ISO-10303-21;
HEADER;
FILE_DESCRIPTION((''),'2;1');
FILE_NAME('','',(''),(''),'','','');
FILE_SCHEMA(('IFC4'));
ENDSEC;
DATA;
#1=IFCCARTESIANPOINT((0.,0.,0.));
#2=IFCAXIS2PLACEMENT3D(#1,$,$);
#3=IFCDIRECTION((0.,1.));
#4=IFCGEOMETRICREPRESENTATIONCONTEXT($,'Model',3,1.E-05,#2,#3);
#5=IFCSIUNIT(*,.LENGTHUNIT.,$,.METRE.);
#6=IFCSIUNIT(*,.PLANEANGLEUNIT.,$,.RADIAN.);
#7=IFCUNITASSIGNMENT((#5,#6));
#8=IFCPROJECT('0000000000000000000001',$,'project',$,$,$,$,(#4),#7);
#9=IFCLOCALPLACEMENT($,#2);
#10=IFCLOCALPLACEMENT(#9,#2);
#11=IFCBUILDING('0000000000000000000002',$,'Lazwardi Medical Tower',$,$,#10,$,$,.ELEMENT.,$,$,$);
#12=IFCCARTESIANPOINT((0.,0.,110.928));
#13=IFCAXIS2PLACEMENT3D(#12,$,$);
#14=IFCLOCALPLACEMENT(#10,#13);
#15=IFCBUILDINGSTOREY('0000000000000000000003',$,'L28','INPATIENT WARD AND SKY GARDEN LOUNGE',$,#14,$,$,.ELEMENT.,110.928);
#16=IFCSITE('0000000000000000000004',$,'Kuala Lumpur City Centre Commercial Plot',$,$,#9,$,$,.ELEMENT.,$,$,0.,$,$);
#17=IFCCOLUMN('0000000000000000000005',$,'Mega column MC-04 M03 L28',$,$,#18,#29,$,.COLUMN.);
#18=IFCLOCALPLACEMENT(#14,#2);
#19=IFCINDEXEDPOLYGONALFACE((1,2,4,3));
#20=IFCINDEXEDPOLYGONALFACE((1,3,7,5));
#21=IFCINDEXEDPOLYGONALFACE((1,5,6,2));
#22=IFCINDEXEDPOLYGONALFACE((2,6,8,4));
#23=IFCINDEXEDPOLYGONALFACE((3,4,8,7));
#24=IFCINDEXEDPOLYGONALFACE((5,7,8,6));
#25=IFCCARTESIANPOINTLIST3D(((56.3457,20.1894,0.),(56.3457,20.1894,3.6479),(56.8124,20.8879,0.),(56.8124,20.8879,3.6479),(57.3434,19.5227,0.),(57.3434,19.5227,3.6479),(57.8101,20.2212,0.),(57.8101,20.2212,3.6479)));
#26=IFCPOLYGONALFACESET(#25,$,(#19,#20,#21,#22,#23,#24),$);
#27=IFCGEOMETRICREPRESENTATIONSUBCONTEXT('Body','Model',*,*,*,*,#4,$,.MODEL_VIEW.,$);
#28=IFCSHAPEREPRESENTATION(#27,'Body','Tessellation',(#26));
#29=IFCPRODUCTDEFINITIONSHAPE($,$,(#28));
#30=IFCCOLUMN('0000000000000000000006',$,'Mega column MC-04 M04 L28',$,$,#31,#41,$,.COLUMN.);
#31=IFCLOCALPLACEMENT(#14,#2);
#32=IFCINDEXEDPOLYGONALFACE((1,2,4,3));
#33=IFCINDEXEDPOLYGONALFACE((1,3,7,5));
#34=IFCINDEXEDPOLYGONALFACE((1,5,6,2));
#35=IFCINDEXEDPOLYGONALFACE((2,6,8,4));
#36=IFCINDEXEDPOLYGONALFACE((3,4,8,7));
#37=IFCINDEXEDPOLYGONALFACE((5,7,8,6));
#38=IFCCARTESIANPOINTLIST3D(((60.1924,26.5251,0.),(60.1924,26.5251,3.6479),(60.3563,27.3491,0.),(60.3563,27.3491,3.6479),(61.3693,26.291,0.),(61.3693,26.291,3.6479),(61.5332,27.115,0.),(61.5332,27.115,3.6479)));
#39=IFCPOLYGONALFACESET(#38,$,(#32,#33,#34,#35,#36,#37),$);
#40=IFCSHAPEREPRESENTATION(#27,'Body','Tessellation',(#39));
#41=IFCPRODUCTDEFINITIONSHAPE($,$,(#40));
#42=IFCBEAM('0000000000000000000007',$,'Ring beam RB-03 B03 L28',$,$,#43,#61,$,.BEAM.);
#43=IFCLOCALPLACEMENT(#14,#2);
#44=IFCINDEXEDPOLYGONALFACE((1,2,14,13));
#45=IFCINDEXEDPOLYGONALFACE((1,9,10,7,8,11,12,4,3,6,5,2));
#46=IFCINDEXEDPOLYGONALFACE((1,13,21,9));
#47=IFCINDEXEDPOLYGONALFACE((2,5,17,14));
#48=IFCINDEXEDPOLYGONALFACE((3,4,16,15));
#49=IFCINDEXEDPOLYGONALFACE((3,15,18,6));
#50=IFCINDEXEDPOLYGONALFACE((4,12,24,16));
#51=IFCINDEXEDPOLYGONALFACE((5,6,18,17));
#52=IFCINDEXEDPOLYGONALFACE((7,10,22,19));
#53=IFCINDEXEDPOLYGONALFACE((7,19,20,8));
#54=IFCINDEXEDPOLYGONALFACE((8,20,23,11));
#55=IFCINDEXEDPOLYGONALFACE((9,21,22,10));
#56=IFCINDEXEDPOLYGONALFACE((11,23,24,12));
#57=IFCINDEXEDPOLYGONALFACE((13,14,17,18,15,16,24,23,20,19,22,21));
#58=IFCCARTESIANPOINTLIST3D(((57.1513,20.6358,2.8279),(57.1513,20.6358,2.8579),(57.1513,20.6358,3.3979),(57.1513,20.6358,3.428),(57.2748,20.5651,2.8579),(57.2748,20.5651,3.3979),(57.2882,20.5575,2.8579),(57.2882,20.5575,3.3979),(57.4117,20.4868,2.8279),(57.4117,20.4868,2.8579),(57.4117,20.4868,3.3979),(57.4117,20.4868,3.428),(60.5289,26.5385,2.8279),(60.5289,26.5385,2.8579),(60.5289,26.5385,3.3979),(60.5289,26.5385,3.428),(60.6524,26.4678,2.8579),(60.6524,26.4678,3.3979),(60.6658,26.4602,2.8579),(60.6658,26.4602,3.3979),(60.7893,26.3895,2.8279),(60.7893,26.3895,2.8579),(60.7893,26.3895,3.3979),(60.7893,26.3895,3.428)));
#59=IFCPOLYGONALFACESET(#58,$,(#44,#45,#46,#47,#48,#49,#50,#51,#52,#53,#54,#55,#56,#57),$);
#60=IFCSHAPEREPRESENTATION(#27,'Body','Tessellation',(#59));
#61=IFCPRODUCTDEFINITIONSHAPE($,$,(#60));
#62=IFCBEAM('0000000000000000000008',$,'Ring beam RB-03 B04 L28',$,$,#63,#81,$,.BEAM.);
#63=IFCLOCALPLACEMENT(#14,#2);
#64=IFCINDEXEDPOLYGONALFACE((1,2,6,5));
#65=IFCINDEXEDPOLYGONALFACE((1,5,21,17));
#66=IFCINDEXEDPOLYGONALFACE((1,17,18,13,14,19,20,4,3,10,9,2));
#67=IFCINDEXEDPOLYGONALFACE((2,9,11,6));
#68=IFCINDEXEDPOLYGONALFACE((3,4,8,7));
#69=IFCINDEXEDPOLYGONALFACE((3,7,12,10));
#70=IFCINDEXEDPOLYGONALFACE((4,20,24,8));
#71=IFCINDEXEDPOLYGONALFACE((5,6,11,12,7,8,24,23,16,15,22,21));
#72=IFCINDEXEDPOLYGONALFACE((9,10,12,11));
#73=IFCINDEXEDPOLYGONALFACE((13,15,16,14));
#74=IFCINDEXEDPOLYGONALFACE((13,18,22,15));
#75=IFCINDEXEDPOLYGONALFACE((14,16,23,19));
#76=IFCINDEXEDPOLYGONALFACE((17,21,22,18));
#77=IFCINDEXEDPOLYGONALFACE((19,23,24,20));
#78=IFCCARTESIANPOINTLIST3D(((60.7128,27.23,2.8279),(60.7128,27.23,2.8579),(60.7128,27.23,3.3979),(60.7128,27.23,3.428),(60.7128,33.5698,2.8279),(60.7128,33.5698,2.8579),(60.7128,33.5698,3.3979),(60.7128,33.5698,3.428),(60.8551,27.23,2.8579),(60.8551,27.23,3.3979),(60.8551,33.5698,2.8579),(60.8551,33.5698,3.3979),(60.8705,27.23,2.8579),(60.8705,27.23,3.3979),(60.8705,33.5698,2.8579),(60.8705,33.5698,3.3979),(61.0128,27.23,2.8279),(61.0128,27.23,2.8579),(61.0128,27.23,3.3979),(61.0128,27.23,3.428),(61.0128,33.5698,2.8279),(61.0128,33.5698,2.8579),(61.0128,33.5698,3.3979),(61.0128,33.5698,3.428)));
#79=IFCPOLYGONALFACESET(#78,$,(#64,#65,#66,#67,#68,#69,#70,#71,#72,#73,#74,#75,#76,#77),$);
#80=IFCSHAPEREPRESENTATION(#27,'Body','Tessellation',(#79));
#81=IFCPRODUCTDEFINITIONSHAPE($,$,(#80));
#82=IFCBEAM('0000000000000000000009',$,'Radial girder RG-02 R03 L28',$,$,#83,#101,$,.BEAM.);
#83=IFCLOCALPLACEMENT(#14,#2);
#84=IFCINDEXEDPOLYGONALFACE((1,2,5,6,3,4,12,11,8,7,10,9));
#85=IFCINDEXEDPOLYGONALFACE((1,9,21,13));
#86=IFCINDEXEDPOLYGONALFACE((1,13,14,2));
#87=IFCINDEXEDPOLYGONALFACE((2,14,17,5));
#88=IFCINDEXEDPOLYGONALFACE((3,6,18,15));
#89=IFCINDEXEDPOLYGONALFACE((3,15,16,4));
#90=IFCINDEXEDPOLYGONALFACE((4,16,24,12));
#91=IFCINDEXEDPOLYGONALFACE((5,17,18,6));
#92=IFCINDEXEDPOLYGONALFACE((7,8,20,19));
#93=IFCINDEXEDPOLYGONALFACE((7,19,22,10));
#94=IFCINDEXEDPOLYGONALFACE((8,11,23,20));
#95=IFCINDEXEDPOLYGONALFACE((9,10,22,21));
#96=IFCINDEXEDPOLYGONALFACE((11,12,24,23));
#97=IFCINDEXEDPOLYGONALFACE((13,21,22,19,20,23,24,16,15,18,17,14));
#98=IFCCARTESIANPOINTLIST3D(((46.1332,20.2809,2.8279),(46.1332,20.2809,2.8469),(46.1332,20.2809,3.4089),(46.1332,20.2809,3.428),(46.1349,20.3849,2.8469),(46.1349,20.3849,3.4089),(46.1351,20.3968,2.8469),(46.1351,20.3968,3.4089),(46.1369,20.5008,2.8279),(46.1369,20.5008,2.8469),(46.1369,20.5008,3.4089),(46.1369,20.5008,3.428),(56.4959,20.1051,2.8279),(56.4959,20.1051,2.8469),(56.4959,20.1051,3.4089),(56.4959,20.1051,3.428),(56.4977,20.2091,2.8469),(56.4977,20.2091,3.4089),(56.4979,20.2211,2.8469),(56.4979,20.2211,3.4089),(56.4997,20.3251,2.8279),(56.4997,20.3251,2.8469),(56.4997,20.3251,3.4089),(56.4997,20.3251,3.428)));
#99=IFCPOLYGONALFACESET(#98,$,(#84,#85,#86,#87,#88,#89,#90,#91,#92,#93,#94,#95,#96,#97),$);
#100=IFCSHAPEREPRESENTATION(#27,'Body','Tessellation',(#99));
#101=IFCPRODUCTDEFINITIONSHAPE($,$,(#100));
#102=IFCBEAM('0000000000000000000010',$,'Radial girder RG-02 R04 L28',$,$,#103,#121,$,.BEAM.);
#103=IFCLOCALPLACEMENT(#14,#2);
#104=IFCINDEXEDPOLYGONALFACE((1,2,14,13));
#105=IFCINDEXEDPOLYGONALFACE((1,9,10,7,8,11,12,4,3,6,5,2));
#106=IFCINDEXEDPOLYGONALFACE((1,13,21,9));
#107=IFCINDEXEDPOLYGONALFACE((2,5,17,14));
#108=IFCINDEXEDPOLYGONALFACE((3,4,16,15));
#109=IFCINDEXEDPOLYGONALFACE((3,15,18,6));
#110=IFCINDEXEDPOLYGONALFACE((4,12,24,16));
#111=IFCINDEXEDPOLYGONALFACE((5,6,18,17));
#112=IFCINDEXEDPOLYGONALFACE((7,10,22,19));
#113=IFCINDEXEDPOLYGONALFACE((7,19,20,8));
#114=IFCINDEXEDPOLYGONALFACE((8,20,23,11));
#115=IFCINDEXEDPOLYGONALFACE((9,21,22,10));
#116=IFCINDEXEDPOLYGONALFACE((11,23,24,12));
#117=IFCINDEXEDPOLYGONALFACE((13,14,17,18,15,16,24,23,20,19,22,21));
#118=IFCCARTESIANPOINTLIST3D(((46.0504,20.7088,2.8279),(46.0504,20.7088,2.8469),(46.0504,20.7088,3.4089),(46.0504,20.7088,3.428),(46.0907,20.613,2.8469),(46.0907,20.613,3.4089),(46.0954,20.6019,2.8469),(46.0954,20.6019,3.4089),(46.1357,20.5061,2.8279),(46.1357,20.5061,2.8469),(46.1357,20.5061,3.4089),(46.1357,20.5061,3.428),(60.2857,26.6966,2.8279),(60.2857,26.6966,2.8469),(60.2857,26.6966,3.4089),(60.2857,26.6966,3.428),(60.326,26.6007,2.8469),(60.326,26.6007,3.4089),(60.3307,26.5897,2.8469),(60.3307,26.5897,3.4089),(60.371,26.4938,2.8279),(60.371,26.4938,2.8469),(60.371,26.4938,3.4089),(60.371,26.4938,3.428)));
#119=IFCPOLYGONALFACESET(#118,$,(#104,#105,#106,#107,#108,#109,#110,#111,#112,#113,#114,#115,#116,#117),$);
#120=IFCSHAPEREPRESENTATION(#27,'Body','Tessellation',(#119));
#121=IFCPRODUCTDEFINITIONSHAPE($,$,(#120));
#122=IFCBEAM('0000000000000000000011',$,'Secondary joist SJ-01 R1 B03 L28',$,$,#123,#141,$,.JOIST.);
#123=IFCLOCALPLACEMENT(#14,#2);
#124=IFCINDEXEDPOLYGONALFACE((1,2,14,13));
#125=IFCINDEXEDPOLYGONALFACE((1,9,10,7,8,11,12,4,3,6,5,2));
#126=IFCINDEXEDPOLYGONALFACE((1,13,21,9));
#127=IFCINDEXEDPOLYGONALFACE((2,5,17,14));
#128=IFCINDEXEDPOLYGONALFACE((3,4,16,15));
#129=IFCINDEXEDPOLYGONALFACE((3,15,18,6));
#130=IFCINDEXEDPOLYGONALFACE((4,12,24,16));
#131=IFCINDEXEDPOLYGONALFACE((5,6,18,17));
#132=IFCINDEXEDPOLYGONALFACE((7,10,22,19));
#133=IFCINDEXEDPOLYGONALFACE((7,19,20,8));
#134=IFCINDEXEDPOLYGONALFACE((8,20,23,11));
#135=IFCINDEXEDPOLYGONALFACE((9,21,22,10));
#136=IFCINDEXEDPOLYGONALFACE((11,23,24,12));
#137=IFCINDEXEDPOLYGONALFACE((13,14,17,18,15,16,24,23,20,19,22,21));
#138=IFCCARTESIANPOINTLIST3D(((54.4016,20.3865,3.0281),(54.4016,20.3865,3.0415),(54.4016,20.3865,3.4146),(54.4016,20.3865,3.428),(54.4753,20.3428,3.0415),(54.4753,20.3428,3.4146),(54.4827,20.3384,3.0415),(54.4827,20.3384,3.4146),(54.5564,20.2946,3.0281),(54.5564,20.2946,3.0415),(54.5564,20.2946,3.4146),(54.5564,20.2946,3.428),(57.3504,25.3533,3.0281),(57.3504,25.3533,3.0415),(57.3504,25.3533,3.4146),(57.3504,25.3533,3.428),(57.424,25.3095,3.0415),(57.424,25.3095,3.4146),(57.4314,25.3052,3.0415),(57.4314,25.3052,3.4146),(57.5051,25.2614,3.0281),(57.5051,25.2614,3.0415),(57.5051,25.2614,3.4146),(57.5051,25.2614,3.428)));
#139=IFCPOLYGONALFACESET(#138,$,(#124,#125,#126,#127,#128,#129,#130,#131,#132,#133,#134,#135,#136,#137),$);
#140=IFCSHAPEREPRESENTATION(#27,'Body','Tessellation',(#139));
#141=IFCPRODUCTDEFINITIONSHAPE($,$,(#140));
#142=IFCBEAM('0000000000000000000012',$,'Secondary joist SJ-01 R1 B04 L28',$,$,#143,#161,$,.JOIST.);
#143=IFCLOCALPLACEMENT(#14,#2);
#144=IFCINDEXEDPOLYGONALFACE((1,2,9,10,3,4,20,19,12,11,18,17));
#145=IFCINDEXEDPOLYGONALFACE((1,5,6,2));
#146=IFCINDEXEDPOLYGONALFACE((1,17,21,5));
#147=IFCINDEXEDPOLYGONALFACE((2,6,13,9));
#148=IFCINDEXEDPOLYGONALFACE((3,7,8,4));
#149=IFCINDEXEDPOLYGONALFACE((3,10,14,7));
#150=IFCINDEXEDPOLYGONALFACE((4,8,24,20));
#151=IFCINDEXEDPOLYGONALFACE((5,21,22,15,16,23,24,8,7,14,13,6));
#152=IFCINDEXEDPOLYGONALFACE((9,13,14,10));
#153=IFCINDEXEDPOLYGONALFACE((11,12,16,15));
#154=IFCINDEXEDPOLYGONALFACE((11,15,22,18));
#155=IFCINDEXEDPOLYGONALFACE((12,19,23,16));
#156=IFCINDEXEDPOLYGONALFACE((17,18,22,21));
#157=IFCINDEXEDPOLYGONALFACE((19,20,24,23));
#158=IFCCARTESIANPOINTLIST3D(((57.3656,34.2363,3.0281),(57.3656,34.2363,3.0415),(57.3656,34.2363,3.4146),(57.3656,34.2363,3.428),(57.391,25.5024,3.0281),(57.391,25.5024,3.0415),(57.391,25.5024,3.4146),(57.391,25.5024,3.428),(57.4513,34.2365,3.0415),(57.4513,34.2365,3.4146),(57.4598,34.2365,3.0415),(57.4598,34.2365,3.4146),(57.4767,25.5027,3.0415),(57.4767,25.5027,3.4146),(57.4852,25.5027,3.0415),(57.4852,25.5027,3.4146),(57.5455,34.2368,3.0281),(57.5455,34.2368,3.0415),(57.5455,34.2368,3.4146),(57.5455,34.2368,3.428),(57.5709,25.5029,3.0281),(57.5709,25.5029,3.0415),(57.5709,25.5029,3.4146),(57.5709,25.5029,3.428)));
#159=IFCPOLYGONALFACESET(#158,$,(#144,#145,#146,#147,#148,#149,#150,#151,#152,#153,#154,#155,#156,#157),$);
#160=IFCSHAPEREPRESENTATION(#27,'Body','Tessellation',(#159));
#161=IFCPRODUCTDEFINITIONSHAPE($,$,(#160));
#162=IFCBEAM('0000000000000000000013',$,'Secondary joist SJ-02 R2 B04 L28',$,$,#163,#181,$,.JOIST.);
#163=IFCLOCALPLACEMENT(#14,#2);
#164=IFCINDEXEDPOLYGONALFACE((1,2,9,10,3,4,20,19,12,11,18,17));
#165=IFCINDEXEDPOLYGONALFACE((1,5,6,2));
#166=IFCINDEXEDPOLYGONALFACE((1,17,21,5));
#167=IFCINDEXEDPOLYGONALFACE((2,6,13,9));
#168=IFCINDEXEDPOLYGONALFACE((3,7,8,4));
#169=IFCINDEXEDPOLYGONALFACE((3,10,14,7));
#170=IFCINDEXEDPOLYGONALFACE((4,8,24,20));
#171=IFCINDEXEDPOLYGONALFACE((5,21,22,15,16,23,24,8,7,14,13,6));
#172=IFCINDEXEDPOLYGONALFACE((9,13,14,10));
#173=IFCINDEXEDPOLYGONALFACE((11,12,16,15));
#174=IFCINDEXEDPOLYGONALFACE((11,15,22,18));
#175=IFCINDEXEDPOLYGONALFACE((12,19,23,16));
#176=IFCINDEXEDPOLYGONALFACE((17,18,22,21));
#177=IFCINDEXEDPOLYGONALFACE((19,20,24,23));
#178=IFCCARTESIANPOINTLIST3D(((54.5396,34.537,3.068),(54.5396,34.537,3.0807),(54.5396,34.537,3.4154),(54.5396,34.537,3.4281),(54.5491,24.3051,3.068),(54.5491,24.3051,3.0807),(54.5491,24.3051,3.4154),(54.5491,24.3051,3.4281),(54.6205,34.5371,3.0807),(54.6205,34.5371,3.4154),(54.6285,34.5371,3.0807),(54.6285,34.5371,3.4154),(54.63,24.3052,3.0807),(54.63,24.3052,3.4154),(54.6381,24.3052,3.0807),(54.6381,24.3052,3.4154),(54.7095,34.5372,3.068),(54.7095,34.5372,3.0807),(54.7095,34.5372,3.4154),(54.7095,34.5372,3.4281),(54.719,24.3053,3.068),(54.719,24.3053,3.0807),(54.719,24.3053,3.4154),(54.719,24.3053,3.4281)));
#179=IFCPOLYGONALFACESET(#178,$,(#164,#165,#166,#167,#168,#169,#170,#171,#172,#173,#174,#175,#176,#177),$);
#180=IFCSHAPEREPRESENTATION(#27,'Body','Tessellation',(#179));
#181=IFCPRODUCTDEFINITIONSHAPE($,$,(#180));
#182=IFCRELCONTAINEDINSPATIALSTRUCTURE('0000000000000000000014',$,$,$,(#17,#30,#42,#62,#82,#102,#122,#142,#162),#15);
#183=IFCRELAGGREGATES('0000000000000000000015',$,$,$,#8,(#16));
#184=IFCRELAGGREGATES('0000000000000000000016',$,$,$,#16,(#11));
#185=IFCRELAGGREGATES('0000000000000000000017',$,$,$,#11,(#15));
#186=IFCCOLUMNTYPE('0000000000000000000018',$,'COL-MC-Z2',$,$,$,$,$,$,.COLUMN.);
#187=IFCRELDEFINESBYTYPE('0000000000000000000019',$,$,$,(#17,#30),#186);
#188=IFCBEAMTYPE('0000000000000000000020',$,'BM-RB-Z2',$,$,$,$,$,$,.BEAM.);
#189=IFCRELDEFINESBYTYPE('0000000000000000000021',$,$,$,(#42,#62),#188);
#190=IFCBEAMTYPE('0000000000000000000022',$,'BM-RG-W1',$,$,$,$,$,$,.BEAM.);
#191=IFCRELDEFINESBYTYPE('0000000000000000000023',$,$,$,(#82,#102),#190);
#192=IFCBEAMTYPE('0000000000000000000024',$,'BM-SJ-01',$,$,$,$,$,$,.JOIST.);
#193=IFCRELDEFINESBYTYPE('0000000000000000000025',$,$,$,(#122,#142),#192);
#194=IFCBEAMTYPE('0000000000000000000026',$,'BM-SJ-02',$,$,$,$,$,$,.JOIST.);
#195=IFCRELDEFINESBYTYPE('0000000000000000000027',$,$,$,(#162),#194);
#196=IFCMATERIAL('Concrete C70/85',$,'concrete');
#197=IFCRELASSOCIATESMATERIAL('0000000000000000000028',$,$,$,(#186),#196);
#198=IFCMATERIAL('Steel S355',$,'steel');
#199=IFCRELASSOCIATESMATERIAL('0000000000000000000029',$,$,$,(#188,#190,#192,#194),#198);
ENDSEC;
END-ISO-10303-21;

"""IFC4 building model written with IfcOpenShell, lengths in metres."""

from ifc_helpers import new_model, si_unit, direction, frame, origin, origin_2d, place, context, subcontext, project, spatial, rectangle, i_section, extrude, material, material_profile, profile_set, type_object, element, save


model = new_model("IFC4")

# Units and contexts
model_context = context("Model", 3, precision=1e-05, world=origin(), true_north=direction((0.0, 1.0)))
body_context = subcontext(model_context, "Body", "Model", "MODEL_VIEW")
ifc_project = project(units=[si_unit("LENGTHUNIT", "METRE"), si_unit("PLANEANGLEUNIT", "RADIAN")], contexts=[model_context])

# Site, building, storey
site_placement = place(None, origin())
site = spatial("IfcSite", under=ifc_project, at=site_placement, Name="Kuala Lumpur City Centre Commercial Plot", CompositionType="ELEMENT", RefElevation=0.0)
building_placement = place(site_placement, origin())
building = spatial("IfcBuilding", under=site, at=building_placement, Name="Lazwardi Medical Tower", CompositionType="ELEMENT")
storey_placement = place(building_placement, frame((0.0, 0.0, 110.928)))
storey = spatial("IfcBuildingStorey", under=building, at=storey_placement, Name="L28", Description="INPATIENT WARD AND SKY GARDEN LOUNGE", CompositionType="ELEMENT", Elevation=110.928)

# Columns
ifc_material_1 = material(Name="Concrete C70/85", Category="concrete")
ifc_material_profile_1 = material_profile(ifc_material_1, rectangle(XDim=1.2, YDim=0.8401, at=origin_2d()), Name="CFT-RECT 1200x840")
ifc_profile_set_1 = profile_set([ifc_material_profile_1], Name="Concrete C70/85")
column_type = type_object("IfcColumnType", Name="COL-MC-Z2", PredefinedType="COLUMN", material=ifc_profile_set_1)
for number, where, z_axis, x_axis, name in (
    (1, (57.0779, 20.2053, 0.0), (0.0, 0.0, 1.0), (0.83147, -0.55557, 0.0), "Mega column MC-04 M03 L28"),
    (2, (60.8628, 26.8201, 0.0), (0.0, 0.0, 1.0), (0.980785, -0.19509, 0.0), "Mega column MC-04 M04 L28"),
):
    element("IfcColumn", number, at=place(storey_placement, frame(where, z_axis=z_axis, x_axis=x_axis)), inside=storey, type_object=column_type, Name=name, PredefinedType="COLUMN", context=body_context, shape_type="SweptSolid", body=[
        extrude(rectangle(XDim=1.2, YDim=0.8401, at=origin_2d()), origin(), (0.0, 0.0, 1.0), 3.6479),
    ])

# Beams
ifc_material_2 = material(Name="Steel S355", Category="steel")
ifc_material_profile_2 = material_profile(ifc_material_2, i_section(OverallWidth=0.3, OverallDepth=0.6001, WebThickness=0.0154, FlangeThickness=0.03, at=origin_2d()), Name="HEB 600")
ifc_profile_set_2 = profile_set([ifc_material_profile_2], Name="Steel S355")
beam_type_1 = type_object("IfcBeamType", Name="BM-RB-Z2", PredefinedType="BEAM", material=ifc_profile_set_2)
beam_1_placement = place(storey_placement, frame((57.2815, 20.5613, 3.1279), z_axis=(0.496653, 0.867949, 0.0), x_axis=(-0.867949, 0.496653, 0.0)))
element("IfcBeam", 3, at=beam_1_placement, inside=storey, type_object=beam_type_1, Name="Ring beam RB-03 B03 L28", PredefinedType="BEAM", context=body_context, shape_type="SweptSolid", body=[
    extrude(i_section(OverallWidth=0.3, OverallDepth=0.6001, WebThickness=0.0154, FlangeThickness=0.03, at=origin_2d()), origin(), (0.0, 0.0, 1.0), 6.8008),
])
beam_2_placement = place(storey_placement, frame((60.8628, 27.23, 3.1279), z_axis=(0.0, 1.0, 0.0), x_axis=(-1.0, 0.0, 0.0)))
element("IfcBeam", 4, at=beam_2_placement, inside=storey, type_object=beam_type_1, Name="Ring beam RB-03 B04 L28", PredefinedType="BEAM", context=body_context, shape_type="SweptSolid", body=[
    extrude(i_section(OverallWidth=0.3, OverallDepth=0.6001, WebThickness=0.0154, FlangeThickness=0.03, at=origin_2d()), origin(), (0.0, 0.0, 1.0), 6.3398),
])
ifc_material_profile_3 = material_profile(ifc_material_2, i_section(OverallWidth=0.22, OverallDepth=0.6001, WebThickness=0.012, FlangeThickness=0.019, at=origin_2d()), Name="IPE 600")
ifc_profile_set_3 = profile_set([ifc_material_profile_3], Name="Steel S355")
beam_type_2 = type_object("IfcBeamType", Name="BM-RG-W1", PredefinedType="BEAM", material=ifc_profile_set_3)
beam_3_placement = place(storey_placement, frame((56.4978, 20.2151, 3.1279), z_axis=(-0.999856, 0.01696, 0.0), x_axis=(-0.01696, -0.999856, 0.0)))
element("IfcBeam", 5, at=beam_3_placement, inside=storey, type_object=beam_type_2, Name="Radial girder RG-02 R03 L28", PredefinedType="BEAM", context=body_context, shape_type="SweptSolid", body=[
    extrude(i_section(OverallWidth=0.22, OverallDepth=0.6001, WebThickness=0.012, FlangeThickness=0.019, at=origin_2d()), origin(), (0.0, 0.0, 1.0), 10.3643),
])
beam_4_placement = place(storey_placement, frame((60.3284, 26.5952, 3.1279), z_axis=(-0.921775, -0.387725, 0.0), x_axis=(0.387725, -0.921775, 0.0)))
element("IfcBeam", 6, at=beam_4_placement, inside=storey, type_object=beam_type_2, Name="Radial girder RG-02 R04 L28", PredefinedType="BEAM", context=body_context, shape_type="SweptSolid", body=[
    extrude(i_section(OverallWidth=0.22, OverallDepth=0.6001, WebThickness=0.012, FlangeThickness=0.019, at=origin_2d()), origin(), (0.0, 0.0, 1.0), 15.4434),
])
ifc_material_profile_4 = material_profile(ifc_material_2, i_section(OverallWidth=0.1799, OverallDepth=0.3999, WebThickness=0.0085, FlangeThickness=0.0134, at=origin_2d()), Name="IPE 400")
ifc_profile_set_4 = profile_set([ifc_material_profile_4], Name="Steel S355")
beam_type_3 = type_object("IfcBeamType", Name="BM-SJ-01", PredefinedType="JOIST", material=ifc_profile_set_4)
beam_5_placement = place(storey_placement, frame((54.479, 20.3406, 3.228), z_axis=(0.5105, 0.859878, 0.0), x_axis=(-0.859878, 0.5105, 0.0)))
element("IfcBeam", 7, at=beam_5_placement, inside=storey, type_object=beam_type_3, Name="Secondary joist SJ-01 R1 B03 L28", PredefinedType="JOIST", context=body_context, shape_type="SweptSolid", body=[
    extrude(i_section(OverallWidth=0.1799, OverallDepth=0.3999, WebThickness=0.0085, FlangeThickness=0.0134, at=origin_2d()), origin(), (0.0, 0.0, 1.0), 5.7761),
])
beam_6_placement = place(storey_placement, frame((57.481, 25.5027, 3.228), z_axis=(-0.002907, 0.999996, 0.0), x_axis=(-0.999996, -0.002907, 0.0)))
element("IfcBeam", 8, at=beam_6_placement, inside=storey, type_object=beam_type_3, Name="Secondary joist SJ-01 R1 B04 L28", PredefinedType="JOIST", context=body_context, shape_type="SweptSolid", body=[
    extrude(i_section(OverallWidth=0.1799, OverallDepth=0.3999, WebThickness=0.0085, FlangeThickness=0.0134, at=origin_2d()), origin(), (0.0, 0.0, 1.0), 8.7339),
])
ifc_material_profile_5 = material_profile(ifc_material_2, i_section(OverallWidth=0.1699, OverallDepth=0.3601, WebThickness=0.0081, FlangeThickness=0.0127, at=origin_2d()), Name="IPE 360")
ifc_profile_set_5 = profile_set([ifc_material_profile_5], Name="Steel S355")
beam_type_4 = type_object("IfcBeamType", Name="BM-SJ-02", PredefinedType="JOIST", material=ifc_profile_set_5)
beam_7_placement = place(storey_placement, frame((54.634, 24.3052, 3.248), z_axis=(-0.000931, 1.0, 0.0), x_axis=(-1.0, -0.000931, 0.0)))
element("IfcBeam", 9, at=beam_7_placement, inside=storey, type_object=beam_type_4, Name="Secondary joist SJ-02 R2 B04 L28", PredefinedType="JOIST", context=body_context, shape_type="SweptSolid", body=[
    extrude(i_section(OverallWidth=0.1699, OverallDepth=0.3601, WebThickness=0.0081, FlangeThickness=0.0127, at=origin_2d()), origin(), (0.0, 0.0, 1.0), 10.2319),
])

save(model, "model.ifc")
